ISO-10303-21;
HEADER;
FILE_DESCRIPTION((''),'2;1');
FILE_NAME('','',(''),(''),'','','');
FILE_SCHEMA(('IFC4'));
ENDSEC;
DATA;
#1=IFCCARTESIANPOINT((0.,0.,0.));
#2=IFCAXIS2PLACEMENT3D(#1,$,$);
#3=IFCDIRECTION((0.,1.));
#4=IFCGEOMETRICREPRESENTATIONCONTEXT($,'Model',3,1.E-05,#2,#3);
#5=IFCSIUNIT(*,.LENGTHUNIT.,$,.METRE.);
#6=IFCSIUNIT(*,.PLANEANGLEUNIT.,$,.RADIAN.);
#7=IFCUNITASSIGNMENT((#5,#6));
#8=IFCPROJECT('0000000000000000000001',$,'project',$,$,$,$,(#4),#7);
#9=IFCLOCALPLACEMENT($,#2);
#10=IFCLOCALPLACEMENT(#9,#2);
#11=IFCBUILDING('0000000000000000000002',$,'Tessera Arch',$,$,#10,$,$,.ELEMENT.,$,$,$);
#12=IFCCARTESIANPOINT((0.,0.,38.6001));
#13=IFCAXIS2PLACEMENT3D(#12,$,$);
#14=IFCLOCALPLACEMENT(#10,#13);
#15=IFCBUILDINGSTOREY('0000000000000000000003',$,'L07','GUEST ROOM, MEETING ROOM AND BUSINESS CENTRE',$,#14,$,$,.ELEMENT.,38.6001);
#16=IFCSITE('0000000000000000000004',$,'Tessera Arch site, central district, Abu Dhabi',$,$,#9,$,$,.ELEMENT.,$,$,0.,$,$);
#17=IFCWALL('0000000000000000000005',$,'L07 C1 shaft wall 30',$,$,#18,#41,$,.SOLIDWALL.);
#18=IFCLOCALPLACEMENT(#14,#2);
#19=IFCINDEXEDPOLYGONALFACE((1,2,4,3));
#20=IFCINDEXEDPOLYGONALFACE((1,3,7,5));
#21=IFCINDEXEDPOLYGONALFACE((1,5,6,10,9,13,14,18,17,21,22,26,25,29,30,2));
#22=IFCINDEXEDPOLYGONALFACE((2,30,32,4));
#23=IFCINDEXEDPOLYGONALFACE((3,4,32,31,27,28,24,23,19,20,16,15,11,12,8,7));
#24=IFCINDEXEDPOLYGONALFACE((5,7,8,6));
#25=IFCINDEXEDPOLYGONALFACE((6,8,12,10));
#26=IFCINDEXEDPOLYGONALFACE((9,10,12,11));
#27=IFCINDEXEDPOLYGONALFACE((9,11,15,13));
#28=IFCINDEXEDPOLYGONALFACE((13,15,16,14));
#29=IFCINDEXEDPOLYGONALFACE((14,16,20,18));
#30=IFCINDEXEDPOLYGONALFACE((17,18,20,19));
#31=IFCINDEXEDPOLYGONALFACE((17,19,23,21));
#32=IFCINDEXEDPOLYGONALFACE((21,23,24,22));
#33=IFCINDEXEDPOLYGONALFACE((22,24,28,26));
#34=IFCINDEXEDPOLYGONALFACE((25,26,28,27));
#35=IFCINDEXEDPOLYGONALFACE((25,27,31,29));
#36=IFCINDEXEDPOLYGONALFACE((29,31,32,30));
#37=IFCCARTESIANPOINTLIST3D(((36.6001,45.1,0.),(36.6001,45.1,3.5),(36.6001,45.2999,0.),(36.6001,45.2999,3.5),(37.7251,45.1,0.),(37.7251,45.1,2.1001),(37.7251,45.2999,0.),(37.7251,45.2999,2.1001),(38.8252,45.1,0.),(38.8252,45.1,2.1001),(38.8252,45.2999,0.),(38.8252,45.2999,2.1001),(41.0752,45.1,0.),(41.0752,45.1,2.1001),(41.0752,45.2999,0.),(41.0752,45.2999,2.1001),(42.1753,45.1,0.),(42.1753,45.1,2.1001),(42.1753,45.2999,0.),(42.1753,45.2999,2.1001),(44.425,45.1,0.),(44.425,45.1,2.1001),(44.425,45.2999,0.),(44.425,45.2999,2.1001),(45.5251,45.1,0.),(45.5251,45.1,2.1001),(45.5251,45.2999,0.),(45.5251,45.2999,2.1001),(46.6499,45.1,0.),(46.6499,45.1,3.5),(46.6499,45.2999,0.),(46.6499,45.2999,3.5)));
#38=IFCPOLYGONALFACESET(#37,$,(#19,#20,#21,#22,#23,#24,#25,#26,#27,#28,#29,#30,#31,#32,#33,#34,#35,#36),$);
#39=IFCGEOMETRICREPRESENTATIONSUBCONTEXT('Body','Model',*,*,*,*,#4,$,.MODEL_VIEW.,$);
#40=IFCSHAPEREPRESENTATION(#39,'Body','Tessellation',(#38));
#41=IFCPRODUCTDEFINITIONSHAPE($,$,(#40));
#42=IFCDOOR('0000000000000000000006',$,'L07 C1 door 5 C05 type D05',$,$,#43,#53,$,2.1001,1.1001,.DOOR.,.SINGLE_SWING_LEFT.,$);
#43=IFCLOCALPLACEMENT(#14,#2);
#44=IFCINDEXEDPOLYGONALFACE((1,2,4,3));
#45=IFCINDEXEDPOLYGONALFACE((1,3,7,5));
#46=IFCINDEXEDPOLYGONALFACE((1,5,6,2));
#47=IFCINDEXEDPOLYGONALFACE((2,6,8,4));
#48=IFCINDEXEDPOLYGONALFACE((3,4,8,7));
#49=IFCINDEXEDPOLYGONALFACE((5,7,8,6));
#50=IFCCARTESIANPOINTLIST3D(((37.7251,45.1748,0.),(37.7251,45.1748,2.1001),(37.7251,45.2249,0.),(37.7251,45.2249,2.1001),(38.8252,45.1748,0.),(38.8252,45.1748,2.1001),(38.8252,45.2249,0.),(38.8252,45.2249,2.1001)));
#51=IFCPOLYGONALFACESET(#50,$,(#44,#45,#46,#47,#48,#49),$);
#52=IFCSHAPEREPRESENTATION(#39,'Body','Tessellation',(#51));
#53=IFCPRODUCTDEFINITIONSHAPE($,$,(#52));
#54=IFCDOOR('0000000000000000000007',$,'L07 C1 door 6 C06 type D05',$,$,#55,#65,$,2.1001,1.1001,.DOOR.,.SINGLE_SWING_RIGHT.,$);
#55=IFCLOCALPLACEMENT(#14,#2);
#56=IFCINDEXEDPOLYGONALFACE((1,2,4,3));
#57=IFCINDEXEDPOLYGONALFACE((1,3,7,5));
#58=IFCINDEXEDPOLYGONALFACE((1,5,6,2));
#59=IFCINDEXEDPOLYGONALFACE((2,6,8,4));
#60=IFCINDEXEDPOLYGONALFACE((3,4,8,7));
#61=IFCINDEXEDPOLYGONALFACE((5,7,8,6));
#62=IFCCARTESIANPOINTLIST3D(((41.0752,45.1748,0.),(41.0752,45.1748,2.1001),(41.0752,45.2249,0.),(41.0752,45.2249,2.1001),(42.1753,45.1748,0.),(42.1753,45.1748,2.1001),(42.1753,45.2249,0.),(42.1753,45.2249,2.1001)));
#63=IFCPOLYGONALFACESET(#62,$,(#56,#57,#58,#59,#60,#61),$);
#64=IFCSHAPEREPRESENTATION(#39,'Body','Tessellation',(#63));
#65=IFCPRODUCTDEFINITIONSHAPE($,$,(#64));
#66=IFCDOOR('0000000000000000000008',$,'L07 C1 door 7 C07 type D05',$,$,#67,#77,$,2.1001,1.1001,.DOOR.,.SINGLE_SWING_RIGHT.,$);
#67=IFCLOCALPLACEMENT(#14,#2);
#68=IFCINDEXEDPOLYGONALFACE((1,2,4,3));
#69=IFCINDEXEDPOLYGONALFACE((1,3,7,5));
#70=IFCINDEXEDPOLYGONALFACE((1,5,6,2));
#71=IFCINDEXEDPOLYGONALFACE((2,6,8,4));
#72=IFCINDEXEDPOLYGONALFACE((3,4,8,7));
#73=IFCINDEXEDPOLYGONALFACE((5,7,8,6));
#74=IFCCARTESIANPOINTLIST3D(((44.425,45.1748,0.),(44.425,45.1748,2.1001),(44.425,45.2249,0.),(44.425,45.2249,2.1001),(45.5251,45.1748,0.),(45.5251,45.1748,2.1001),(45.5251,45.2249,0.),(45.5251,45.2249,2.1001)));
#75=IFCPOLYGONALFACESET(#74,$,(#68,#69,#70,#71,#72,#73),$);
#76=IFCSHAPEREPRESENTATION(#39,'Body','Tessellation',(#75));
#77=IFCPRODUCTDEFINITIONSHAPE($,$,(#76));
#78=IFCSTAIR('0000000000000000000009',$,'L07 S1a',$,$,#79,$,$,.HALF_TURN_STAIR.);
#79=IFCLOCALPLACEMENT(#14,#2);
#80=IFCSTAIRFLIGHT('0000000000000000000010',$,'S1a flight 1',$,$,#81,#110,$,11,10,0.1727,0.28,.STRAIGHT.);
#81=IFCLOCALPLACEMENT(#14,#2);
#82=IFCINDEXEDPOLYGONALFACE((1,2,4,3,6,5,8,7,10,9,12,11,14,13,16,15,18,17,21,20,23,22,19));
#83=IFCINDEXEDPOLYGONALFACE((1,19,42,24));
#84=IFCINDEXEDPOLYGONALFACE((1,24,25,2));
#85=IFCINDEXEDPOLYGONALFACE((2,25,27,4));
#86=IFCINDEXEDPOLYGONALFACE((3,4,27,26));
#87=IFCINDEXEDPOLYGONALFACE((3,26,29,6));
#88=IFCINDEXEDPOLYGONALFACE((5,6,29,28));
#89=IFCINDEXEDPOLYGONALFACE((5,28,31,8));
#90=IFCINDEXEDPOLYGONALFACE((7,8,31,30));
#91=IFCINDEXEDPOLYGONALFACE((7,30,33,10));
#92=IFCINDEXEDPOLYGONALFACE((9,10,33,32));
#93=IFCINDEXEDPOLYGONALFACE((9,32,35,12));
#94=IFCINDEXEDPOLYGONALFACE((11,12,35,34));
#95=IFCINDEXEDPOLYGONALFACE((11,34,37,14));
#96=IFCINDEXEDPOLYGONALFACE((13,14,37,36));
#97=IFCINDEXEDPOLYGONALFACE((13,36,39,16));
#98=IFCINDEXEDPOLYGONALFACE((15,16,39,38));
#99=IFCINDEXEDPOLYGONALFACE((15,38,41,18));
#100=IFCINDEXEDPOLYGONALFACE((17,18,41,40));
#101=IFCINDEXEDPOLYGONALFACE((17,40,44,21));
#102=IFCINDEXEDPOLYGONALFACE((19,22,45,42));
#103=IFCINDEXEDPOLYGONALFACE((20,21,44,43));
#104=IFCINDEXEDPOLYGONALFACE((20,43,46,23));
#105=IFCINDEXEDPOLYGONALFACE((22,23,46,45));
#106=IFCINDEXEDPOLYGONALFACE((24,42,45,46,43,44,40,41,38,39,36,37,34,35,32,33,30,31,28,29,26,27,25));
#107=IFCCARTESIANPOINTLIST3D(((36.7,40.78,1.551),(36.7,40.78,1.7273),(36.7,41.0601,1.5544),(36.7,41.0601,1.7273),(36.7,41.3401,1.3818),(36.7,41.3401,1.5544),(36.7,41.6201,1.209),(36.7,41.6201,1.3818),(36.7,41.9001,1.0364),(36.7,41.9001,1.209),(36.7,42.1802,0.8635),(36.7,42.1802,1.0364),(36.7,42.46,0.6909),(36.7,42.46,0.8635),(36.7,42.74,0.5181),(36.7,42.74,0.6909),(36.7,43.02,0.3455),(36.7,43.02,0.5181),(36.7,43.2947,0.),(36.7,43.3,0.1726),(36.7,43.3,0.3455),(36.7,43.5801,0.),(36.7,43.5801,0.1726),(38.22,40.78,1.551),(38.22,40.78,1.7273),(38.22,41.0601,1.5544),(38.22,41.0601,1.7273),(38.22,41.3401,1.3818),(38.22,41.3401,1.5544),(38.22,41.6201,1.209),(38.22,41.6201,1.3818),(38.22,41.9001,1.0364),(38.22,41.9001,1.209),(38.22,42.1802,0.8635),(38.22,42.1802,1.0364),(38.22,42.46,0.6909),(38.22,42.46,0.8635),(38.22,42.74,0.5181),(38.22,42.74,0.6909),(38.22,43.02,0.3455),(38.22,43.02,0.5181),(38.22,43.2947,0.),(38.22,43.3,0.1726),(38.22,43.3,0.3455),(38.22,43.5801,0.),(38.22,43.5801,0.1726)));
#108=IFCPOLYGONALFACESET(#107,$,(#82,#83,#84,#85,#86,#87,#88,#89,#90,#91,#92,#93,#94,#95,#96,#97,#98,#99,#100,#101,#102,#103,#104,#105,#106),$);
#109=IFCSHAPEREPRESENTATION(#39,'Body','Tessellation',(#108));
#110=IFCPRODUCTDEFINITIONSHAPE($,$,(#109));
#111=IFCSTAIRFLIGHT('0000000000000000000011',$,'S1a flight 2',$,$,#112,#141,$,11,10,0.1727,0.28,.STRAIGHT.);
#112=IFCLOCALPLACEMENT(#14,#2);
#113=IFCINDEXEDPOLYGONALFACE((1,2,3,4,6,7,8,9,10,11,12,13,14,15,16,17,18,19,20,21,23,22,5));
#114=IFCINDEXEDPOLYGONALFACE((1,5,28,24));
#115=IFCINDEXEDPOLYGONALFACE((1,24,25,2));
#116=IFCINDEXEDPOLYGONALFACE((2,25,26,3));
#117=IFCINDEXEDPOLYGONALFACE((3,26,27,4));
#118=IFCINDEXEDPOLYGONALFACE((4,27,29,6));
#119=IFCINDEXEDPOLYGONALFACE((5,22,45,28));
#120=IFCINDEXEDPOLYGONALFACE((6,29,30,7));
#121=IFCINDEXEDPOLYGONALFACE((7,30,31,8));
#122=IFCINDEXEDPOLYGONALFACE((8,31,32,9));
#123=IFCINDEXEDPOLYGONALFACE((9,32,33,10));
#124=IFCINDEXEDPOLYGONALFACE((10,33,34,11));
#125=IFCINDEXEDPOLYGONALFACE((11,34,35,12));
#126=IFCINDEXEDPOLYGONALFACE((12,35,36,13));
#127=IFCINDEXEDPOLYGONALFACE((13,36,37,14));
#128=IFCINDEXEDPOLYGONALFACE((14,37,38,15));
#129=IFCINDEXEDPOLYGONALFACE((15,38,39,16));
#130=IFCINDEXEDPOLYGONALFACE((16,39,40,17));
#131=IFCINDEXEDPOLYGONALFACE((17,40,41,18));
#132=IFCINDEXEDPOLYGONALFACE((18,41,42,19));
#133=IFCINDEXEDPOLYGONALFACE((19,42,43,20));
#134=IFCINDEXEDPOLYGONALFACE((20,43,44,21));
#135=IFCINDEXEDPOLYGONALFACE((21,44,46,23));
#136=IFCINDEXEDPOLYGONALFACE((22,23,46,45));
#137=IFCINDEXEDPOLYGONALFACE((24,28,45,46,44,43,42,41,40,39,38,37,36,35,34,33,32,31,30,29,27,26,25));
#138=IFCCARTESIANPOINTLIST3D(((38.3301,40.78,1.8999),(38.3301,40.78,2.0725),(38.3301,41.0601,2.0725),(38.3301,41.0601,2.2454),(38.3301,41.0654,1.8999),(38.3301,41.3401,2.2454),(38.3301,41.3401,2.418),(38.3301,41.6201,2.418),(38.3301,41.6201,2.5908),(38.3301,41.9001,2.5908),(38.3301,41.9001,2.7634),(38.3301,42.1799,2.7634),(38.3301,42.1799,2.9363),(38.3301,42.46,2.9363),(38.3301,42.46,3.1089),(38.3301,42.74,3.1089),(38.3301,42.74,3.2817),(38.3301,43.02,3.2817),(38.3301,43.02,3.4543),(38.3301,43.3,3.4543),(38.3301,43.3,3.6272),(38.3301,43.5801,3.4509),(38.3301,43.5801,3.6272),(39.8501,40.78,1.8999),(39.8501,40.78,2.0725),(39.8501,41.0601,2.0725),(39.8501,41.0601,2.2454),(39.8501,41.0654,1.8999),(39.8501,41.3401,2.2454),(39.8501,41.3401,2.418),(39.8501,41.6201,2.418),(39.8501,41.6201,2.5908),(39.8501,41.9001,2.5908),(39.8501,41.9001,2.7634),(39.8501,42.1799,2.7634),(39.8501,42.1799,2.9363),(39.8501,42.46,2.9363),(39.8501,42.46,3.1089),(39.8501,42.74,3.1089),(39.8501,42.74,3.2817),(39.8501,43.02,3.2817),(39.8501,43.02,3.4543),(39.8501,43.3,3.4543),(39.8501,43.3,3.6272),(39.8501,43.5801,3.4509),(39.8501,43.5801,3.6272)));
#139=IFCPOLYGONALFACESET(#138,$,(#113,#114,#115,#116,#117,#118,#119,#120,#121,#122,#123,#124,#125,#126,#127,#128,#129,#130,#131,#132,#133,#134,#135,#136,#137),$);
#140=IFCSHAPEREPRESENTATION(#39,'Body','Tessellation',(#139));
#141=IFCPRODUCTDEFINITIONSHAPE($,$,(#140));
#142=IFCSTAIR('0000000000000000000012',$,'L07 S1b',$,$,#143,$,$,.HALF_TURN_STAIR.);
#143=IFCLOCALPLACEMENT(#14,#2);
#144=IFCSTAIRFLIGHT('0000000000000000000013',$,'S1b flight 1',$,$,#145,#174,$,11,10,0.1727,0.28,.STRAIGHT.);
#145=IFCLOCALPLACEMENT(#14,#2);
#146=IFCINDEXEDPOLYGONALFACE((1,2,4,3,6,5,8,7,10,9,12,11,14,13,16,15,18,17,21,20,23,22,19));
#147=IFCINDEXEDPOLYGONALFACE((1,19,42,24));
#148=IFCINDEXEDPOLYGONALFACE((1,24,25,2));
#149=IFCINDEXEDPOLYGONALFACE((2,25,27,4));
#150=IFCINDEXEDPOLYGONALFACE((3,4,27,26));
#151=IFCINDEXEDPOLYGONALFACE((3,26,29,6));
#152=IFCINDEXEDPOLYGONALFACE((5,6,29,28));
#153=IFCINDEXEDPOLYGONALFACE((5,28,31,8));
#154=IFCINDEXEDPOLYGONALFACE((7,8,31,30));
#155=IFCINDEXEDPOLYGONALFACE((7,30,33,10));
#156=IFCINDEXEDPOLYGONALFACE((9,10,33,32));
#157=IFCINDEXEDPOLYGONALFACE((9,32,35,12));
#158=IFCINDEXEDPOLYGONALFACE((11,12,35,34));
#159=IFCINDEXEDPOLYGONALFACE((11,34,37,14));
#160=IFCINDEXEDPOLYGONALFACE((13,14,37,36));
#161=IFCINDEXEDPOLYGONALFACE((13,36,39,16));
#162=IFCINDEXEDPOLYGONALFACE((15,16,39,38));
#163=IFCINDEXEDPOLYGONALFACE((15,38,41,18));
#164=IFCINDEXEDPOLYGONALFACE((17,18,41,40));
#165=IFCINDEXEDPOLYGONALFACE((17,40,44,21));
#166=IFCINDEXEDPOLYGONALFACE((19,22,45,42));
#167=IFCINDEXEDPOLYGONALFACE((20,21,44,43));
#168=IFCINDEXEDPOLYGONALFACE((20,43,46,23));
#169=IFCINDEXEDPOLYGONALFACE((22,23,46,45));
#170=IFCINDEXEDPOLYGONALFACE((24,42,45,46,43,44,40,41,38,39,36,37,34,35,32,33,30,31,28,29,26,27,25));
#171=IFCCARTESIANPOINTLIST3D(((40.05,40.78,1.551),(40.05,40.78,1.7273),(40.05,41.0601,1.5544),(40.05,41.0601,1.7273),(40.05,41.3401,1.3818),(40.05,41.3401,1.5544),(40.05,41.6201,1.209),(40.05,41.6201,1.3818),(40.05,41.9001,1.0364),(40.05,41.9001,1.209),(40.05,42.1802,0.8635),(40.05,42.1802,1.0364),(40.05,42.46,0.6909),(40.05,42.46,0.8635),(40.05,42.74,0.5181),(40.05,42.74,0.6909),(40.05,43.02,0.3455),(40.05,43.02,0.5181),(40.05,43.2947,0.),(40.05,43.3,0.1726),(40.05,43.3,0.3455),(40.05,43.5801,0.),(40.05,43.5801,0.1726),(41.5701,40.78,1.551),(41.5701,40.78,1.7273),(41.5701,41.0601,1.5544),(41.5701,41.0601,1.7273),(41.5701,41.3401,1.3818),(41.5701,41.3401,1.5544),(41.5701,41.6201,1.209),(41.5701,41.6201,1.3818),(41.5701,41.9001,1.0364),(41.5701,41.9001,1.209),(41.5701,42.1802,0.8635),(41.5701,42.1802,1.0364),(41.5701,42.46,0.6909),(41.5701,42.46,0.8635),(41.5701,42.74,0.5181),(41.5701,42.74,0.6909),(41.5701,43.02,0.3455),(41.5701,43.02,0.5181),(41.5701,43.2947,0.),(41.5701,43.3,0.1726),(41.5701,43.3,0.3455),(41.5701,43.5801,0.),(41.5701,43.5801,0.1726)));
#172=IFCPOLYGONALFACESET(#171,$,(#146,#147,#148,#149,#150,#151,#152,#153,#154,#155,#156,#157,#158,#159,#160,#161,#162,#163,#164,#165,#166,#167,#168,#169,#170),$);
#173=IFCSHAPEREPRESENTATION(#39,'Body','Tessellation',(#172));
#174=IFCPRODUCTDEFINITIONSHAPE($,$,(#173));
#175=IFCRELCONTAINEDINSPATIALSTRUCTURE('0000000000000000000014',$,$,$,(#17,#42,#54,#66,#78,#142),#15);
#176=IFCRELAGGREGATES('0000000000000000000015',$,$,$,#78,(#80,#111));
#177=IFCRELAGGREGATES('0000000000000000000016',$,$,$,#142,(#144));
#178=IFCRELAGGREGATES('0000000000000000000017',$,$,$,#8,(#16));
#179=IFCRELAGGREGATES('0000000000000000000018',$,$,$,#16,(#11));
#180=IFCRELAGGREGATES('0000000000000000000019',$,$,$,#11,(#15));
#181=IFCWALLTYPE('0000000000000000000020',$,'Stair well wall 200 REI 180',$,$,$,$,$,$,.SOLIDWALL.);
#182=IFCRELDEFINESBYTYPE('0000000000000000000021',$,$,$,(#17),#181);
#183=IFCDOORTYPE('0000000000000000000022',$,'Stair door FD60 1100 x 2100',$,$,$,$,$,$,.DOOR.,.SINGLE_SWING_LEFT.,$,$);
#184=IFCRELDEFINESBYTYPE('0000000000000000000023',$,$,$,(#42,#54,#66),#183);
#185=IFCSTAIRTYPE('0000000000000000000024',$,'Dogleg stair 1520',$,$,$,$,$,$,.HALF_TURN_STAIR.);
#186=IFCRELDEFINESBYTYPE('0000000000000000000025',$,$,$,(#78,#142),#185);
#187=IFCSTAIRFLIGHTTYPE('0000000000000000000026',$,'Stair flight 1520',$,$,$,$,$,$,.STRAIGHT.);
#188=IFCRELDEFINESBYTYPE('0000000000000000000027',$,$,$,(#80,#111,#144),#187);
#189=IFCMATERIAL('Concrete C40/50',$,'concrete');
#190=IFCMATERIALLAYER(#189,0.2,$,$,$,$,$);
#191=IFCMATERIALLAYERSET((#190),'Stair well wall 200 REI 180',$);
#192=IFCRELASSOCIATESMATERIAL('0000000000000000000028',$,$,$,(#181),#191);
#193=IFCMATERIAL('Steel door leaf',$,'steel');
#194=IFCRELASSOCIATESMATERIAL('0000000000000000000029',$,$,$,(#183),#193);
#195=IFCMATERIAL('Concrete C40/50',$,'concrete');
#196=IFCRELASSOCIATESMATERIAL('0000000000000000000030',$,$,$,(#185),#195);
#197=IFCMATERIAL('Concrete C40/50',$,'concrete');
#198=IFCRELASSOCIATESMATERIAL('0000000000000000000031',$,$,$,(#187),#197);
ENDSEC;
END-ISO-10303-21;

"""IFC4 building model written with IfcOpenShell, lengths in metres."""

from ifc_helpers import new_model, si_unit, direction, frame, frame_2d, origin, place, context, subcontext, project, spatial, polyline, rectangle, outline, extrude, material, layer, layer_set, type_object, element, fill, aggregate, save


model = new_model("IFC4")

# Units and contexts
model_context = context("Model", 3, precision=1e-05, world=origin(), true_north=direction((0.0, 1.0)))
body_context = subcontext(model_context, "Body", "Model", "MODEL_VIEW")
ifc_project = project(units=[si_unit("LENGTHUNIT", "METRE"), si_unit("PLANEANGLEUNIT", "RADIAN")], contexts=[model_context])

# Site, building, storey
site_placement = place(None, origin())
site = spatial("IfcSite", under=ifc_project, at=site_placement, Name="Tessera Arch site, central district, Abu Dhabi", CompositionType="ELEMENT", RefElevation=0.0)
building_placement = place(site_placement, origin())
building = spatial("IfcBuilding", under=site, at=building_placement, Name="Tessera Arch", CompositionType="ELEMENT")
storey_placement = place(building_placement, frame((0.0, 0.0, 38.6001)))
storey = spatial("IfcBuildingStorey", under=building, at=storey_placement, Name="L07", Description="GUEST ROOM, MEETING ROOM AND BUSINESS CENTRE", CompositionType="ELEMENT", Elevation=38.6001)

# Shared definitions
ifc_material_1 = material(Name="Concrete C40/50", Category="concrete")
ifc_layer_1 = layer(ifc_material_1, 0.2)
ifc_layer_set_1 = layer_set([ifc_layer_1], Name="Stair well wall 200 REI 180")
wall_type_1 = type_object("IfcWallType", Name="Stair well wall 200 REI 180", PredefinedType="SOLIDWALL", material=ifc_layer_set_1)

# Wall, openings, doors
wall_1_placement = place(storey_placement, frame((36.6001, 45.2, 0.0), z_axis=(0.0, 0.0, 1.0), x_axis=(1.0, 0.0, 0.0)))
wall_1 = element("IfcWall", 1, at=wall_1_placement, inside=storey, type_object=wall_type_1, Name="L07 C1 shaft wall 30", PredefinedType="SOLIDWALL", context=body_context, shape_type="SweptSolid", body=[
    extrude(rectangle(XDim=10.0498, YDim=0.2, at=frame_2d((5.0249, 0.0))), origin(), (0.0, 0.0, 1.0), 3.5),
])
opening_1_placement = place(wall_1_placement, frame((1.125, 0.0, 0.0)))
opening_1 = element("IfcOpeningElement", 2, at=opening_1_placement, cuts=wall_1, PredefinedType="OPENING", context=body_context, shape_type="SweptSolid", body=[
    extrude(rectangle(XDim=1.1001, YDim=2.1001, at=frame_2d((0.55, 1.05))), frame((0.0, 0.1099, 0.0), z_axis=(0.0, -1.0, 0.0), x_axis=(1.0, 0.0, 0.0)), (0.0, 0.0, 1.0), 0.22),
])
opening_2_placement = place(wall_1_placement, frame((4.4751, 0.0, 0.0)))
opening_2 = element("IfcOpeningElement", 3, at=opening_2_placement, cuts=wall_1, PredefinedType="OPENING", context=body_context, shape_type="SweptSolid", body=[
    extrude(rectangle(XDim=1.1001, YDim=2.1001, at=frame_2d((0.55, 1.05))), frame((0.0, 0.1099, 0.0), z_axis=(0.0, -1.0, 0.0), x_axis=(1.0, 0.0, 0.0)), (0.0, 0.0, 1.0), 0.22),
])
opening_3_placement = place(wall_1_placement, frame((7.825, 0.0, 0.0)))
opening_3 = element("IfcOpeningElement", 4, at=opening_3_placement, cuts=wall_1, PredefinedType="OPENING", context=body_context, shape_type="SweptSolid", body=[
    extrude(rectangle(XDim=1.1001, YDim=2.1001, at=frame_2d((0.55, 1.05))), frame((0.0, 0.1099, 0.0), z_axis=(0.0, -1.0, 0.0), x_axis=(1.0, 0.0, 0.0)), (0.0, 0.0, 1.0), 0.22),
])
ifc_material_2 = material(Name="Steel door leaf", Category="steel")
door_type_1 = type_object("IfcDoorType", Name="Stair door FD60 1100 x 2100", OperationType="SINGLE_SWING_LEFT", PredefinedType="DOOR", material=ifc_material_2)
door_1_placement = place(opening_1_placement, origin())
door_1 = element("IfcDoor", 5, at=door_1_placement, inside=storey, type_object=door_type_1, Name="L07 C1 door 5 C05 type D05", OperationType="SINGLE_SWING_LEFT", OverallHeight=2.1001, OverallWidth=1.1001, PredefinedType="DOOR", context=body_context, shape_type="SweptSolid", body=[
    extrude(rectangle(XDim=1.1001, YDim=2.1001, at=frame_2d((0.55, 1.05))), frame((0.0, 0.0249, 0.0), z_axis=(0.0, -1.0, 0.0), x_axis=(1.0, 0.0, 0.0)), (0.0, 0.0, 1.0), 0.05),
])
fill(opening_1, door_1)
door_2_placement = place(opening_2_placement, origin())
door_2 = element("IfcDoor", 6, at=door_2_placement, inside=storey, type_object=door_type_1, Name="L07 C1 door 6 C06 type D05", OperationType="SINGLE_SWING_RIGHT", OverallHeight=2.1001, OverallWidth=1.1001, PredefinedType="DOOR", context=body_context, shape_type="SweptSolid", body=[
    extrude(rectangle(XDim=1.1001, YDim=2.1001, at=frame_2d((0.55, 1.05))), frame((0.0, 0.0249, 0.0), z_axis=(0.0, -1.0, 0.0), x_axis=(1.0, 0.0, 0.0)), (0.0, 0.0, 1.0), 0.05),
])
fill(opening_2, door_2)
door_3_placement = place(opening_3_placement, origin())
door_3 = element("IfcDoor", 7, at=door_3_placement, inside=storey, type_object=door_type_1, Name="L07 C1 door 7 C07 type D05", OperationType="SINGLE_SWING_RIGHT", OverallHeight=2.1001, OverallWidth=1.1001, PredefinedType="DOOR", context=body_context, shape_type="SweptSolid", body=[
    extrude(rectangle(XDim=1.1001, YDim=2.1001, at=frame_2d((0.55, 1.05))), frame((0.0, 0.0249, 0.0), z_axis=(0.0, -1.0, 0.0), x_axis=(1.0, 0.0, 0.0)), (0.0, 0.0, 1.0), 0.05),
])
fill(opening_3, door_3)

# Stair, stair flights
ifc_material_3 = material(Name="Concrete C40/50", Category="concrete")
stair_type = type_object("IfcStairType", Name="Dogleg stair 1520", PredefinedType="HALF_TURN_STAIR", material=ifc_material_3)
stair_1_placement = place(storey_placement, origin())
stair_1 = element("IfcStair", 8, at=stair_1_placement, inside=storey, type_object=stair_type, Name="L07 S1a", PredefinedType="HALF_TURN_STAIR")
ifc_material_4 = material(Name="Concrete C40/50", Category="concrete")
stair_flight_type = type_object("IfcStairFlightType", Name="Stair flight 1520", PredefinedType="STRAIGHT", material=ifc_material_4)
stair_flight_1_placement = place(storey_placement, frame((37.46, 43.5801, 0.0), z_axis=(0.0, 0.0, 1.0), x_axis=(0.0, -1.0, 0.0)))
stair_flight_1 = element("IfcStairFlight", 9, at=stair_flight_1_placement, type_object=stair_flight_type, Name="S1a flight 1", NumberOfRisers=11, NumberOfTreads=10, PredefinedType="STRAIGHT", RiserHeight=0.1727, TreadLength=0.28, context=body_context, shape_type="SweptSolid", body=[
    extrude(outline(polyline([(0.0, 0.0), (0.0, 0.1726), (0.28, 0.1726), (0.28, 0.3455), (0.5601, 0.3455), (0.5601, 0.5181), (0.8401, 0.5181), (0.8401, 0.6909), (1.1201, 0.6909), (1.1201, 0.8635), (1.3999, 0.8635), (1.3999, 1.0364), (1.6799, 1.0364), (1.6799, 1.209), (1.96, 1.209), (1.96, 1.3818), (2.24, 1.3818), (2.24, 1.5544), (2.52, 1.5544), (2.52, 1.7273), (2.8, 1.7273), (2.8, 1.8999), (2.8, 1.551), (0.2854, 0.0), (0.0, 0.0)])), frame((0.0, 0.76, 0.0), z_axis=(0.0, -1.0, 0.0), x_axis=(1.0, 0.0, 0.0)), (0.0, 0.0, 1.0), 1.52),
])
stair_flight_2_placement = place(storey_placement, frame((39.0901, 40.78, 1.8999), z_axis=(0.0, 0.0, 1.0), x_axis=(0.0, 1.0, 0.0)))
stair_flight_2 = element("IfcStairFlight", 10, at=stair_flight_2_placement, type_object=stair_flight_type, Name="S1a flight 2", NumberOfRisers=11, NumberOfTreads=10, PredefinedType="STRAIGHT", RiserHeight=0.1727, TreadLength=0.28, context=body_context, shape_type="SweptSolid", body=[
    extrude(outline(polyline([(0.0, 0.0), (0.0, 0.1726), (0.28, 0.1726), (0.28, 0.3455), (0.5601, 0.3455), (0.5601, 0.5181), (0.8401, 0.5181), (0.8401, 0.6909), (1.1201, 0.6909), (1.1201, 0.8635), (1.3999, 0.8635), (1.3999, 1.0364), (1.6799, 1.0364), (1.6799, 1.209), (1.96, 1.209), (1.96, 1.3818), (2.24, 1.3818), (2.24, 1.5544), (2.52, 1.5544), (2.52, 1.7273), (2.8, 1.7273), (2.8, 1.8999), (2.8, 1.551), (0.2854, 0.0), (0.0, 0.0)])), frame((0.0, 0.76, 0.0), z_axis=(0.0, -1.0, 0.0), x_axis=(1.0, 0.0, 0.0)), (0.0, 0.0, 1.0), 1.52),
])
aggregate(stair_1, [stair_flight_1, stair_flight_2])

# Stair, stair flight
stair_2_placement = place(storey_placement, origin())
stair_2 = element("IfcStair", 11, at=stair_2_placement, inside=storey, type_object=stair_type, Name="L07 S1b", PredefinedType="HALF_TURN_STAIR")
stair_flight_3_placement = place(storey_placement, frame((40.8101, 43.5801, 0.0), z_axis=(0.0, 0.0, 1.0), x_axis=(0.0, -1.0, 0.0)))
stair_flight_3 = element("IfcStairFlight", 12, at=stair_flight_3_placement, type_object=stair_flight_type, Name="S1b flight 1", NumberOfRisers=11, NumberOfTreads=10, PredefinedType="STRAIGHT", RiserHeight=0.1727, TreadLength=0.28, context=body_context, shape_type="SweptSolid", body=[
    extrude(outline(polyline([(0.0, 0.0), (0.0, 0.1726), (0.28, 0.1726), (0.28, 0.3455), (0.5601, 0.3455), (0.5601, 0.5181), (0.8401, 0.5181), (0.8401, 0.6909), (1.1201, 0.6909), (1.1201, 0.8635), (1.3999, 0.8635), (1.3999, 1.0364), (1.6799, 1.0364), (1.6799, 1.209), (1.96, 1.209), (1.96, 1.3818), (2.24, 1.3818), (2.24, 1.5544), (2.52, 1.5544), (2.52, 1.7273), (2.8, 1.7273), (2.8, 1.8999), (2.8, 1.551), (0.2854, 0.0), (0.0, 0.0)])), frame((0.0, 0.76, 0.0), z_axis=(0.0, -1.0, 0.0), x_axis=(1.0, 0.0, 0.0)), (0.0, 0.0, 1.0), 1.52),
])
aggregate(stair_2, [stair_flight_3])

save(model, "model.ifc")
